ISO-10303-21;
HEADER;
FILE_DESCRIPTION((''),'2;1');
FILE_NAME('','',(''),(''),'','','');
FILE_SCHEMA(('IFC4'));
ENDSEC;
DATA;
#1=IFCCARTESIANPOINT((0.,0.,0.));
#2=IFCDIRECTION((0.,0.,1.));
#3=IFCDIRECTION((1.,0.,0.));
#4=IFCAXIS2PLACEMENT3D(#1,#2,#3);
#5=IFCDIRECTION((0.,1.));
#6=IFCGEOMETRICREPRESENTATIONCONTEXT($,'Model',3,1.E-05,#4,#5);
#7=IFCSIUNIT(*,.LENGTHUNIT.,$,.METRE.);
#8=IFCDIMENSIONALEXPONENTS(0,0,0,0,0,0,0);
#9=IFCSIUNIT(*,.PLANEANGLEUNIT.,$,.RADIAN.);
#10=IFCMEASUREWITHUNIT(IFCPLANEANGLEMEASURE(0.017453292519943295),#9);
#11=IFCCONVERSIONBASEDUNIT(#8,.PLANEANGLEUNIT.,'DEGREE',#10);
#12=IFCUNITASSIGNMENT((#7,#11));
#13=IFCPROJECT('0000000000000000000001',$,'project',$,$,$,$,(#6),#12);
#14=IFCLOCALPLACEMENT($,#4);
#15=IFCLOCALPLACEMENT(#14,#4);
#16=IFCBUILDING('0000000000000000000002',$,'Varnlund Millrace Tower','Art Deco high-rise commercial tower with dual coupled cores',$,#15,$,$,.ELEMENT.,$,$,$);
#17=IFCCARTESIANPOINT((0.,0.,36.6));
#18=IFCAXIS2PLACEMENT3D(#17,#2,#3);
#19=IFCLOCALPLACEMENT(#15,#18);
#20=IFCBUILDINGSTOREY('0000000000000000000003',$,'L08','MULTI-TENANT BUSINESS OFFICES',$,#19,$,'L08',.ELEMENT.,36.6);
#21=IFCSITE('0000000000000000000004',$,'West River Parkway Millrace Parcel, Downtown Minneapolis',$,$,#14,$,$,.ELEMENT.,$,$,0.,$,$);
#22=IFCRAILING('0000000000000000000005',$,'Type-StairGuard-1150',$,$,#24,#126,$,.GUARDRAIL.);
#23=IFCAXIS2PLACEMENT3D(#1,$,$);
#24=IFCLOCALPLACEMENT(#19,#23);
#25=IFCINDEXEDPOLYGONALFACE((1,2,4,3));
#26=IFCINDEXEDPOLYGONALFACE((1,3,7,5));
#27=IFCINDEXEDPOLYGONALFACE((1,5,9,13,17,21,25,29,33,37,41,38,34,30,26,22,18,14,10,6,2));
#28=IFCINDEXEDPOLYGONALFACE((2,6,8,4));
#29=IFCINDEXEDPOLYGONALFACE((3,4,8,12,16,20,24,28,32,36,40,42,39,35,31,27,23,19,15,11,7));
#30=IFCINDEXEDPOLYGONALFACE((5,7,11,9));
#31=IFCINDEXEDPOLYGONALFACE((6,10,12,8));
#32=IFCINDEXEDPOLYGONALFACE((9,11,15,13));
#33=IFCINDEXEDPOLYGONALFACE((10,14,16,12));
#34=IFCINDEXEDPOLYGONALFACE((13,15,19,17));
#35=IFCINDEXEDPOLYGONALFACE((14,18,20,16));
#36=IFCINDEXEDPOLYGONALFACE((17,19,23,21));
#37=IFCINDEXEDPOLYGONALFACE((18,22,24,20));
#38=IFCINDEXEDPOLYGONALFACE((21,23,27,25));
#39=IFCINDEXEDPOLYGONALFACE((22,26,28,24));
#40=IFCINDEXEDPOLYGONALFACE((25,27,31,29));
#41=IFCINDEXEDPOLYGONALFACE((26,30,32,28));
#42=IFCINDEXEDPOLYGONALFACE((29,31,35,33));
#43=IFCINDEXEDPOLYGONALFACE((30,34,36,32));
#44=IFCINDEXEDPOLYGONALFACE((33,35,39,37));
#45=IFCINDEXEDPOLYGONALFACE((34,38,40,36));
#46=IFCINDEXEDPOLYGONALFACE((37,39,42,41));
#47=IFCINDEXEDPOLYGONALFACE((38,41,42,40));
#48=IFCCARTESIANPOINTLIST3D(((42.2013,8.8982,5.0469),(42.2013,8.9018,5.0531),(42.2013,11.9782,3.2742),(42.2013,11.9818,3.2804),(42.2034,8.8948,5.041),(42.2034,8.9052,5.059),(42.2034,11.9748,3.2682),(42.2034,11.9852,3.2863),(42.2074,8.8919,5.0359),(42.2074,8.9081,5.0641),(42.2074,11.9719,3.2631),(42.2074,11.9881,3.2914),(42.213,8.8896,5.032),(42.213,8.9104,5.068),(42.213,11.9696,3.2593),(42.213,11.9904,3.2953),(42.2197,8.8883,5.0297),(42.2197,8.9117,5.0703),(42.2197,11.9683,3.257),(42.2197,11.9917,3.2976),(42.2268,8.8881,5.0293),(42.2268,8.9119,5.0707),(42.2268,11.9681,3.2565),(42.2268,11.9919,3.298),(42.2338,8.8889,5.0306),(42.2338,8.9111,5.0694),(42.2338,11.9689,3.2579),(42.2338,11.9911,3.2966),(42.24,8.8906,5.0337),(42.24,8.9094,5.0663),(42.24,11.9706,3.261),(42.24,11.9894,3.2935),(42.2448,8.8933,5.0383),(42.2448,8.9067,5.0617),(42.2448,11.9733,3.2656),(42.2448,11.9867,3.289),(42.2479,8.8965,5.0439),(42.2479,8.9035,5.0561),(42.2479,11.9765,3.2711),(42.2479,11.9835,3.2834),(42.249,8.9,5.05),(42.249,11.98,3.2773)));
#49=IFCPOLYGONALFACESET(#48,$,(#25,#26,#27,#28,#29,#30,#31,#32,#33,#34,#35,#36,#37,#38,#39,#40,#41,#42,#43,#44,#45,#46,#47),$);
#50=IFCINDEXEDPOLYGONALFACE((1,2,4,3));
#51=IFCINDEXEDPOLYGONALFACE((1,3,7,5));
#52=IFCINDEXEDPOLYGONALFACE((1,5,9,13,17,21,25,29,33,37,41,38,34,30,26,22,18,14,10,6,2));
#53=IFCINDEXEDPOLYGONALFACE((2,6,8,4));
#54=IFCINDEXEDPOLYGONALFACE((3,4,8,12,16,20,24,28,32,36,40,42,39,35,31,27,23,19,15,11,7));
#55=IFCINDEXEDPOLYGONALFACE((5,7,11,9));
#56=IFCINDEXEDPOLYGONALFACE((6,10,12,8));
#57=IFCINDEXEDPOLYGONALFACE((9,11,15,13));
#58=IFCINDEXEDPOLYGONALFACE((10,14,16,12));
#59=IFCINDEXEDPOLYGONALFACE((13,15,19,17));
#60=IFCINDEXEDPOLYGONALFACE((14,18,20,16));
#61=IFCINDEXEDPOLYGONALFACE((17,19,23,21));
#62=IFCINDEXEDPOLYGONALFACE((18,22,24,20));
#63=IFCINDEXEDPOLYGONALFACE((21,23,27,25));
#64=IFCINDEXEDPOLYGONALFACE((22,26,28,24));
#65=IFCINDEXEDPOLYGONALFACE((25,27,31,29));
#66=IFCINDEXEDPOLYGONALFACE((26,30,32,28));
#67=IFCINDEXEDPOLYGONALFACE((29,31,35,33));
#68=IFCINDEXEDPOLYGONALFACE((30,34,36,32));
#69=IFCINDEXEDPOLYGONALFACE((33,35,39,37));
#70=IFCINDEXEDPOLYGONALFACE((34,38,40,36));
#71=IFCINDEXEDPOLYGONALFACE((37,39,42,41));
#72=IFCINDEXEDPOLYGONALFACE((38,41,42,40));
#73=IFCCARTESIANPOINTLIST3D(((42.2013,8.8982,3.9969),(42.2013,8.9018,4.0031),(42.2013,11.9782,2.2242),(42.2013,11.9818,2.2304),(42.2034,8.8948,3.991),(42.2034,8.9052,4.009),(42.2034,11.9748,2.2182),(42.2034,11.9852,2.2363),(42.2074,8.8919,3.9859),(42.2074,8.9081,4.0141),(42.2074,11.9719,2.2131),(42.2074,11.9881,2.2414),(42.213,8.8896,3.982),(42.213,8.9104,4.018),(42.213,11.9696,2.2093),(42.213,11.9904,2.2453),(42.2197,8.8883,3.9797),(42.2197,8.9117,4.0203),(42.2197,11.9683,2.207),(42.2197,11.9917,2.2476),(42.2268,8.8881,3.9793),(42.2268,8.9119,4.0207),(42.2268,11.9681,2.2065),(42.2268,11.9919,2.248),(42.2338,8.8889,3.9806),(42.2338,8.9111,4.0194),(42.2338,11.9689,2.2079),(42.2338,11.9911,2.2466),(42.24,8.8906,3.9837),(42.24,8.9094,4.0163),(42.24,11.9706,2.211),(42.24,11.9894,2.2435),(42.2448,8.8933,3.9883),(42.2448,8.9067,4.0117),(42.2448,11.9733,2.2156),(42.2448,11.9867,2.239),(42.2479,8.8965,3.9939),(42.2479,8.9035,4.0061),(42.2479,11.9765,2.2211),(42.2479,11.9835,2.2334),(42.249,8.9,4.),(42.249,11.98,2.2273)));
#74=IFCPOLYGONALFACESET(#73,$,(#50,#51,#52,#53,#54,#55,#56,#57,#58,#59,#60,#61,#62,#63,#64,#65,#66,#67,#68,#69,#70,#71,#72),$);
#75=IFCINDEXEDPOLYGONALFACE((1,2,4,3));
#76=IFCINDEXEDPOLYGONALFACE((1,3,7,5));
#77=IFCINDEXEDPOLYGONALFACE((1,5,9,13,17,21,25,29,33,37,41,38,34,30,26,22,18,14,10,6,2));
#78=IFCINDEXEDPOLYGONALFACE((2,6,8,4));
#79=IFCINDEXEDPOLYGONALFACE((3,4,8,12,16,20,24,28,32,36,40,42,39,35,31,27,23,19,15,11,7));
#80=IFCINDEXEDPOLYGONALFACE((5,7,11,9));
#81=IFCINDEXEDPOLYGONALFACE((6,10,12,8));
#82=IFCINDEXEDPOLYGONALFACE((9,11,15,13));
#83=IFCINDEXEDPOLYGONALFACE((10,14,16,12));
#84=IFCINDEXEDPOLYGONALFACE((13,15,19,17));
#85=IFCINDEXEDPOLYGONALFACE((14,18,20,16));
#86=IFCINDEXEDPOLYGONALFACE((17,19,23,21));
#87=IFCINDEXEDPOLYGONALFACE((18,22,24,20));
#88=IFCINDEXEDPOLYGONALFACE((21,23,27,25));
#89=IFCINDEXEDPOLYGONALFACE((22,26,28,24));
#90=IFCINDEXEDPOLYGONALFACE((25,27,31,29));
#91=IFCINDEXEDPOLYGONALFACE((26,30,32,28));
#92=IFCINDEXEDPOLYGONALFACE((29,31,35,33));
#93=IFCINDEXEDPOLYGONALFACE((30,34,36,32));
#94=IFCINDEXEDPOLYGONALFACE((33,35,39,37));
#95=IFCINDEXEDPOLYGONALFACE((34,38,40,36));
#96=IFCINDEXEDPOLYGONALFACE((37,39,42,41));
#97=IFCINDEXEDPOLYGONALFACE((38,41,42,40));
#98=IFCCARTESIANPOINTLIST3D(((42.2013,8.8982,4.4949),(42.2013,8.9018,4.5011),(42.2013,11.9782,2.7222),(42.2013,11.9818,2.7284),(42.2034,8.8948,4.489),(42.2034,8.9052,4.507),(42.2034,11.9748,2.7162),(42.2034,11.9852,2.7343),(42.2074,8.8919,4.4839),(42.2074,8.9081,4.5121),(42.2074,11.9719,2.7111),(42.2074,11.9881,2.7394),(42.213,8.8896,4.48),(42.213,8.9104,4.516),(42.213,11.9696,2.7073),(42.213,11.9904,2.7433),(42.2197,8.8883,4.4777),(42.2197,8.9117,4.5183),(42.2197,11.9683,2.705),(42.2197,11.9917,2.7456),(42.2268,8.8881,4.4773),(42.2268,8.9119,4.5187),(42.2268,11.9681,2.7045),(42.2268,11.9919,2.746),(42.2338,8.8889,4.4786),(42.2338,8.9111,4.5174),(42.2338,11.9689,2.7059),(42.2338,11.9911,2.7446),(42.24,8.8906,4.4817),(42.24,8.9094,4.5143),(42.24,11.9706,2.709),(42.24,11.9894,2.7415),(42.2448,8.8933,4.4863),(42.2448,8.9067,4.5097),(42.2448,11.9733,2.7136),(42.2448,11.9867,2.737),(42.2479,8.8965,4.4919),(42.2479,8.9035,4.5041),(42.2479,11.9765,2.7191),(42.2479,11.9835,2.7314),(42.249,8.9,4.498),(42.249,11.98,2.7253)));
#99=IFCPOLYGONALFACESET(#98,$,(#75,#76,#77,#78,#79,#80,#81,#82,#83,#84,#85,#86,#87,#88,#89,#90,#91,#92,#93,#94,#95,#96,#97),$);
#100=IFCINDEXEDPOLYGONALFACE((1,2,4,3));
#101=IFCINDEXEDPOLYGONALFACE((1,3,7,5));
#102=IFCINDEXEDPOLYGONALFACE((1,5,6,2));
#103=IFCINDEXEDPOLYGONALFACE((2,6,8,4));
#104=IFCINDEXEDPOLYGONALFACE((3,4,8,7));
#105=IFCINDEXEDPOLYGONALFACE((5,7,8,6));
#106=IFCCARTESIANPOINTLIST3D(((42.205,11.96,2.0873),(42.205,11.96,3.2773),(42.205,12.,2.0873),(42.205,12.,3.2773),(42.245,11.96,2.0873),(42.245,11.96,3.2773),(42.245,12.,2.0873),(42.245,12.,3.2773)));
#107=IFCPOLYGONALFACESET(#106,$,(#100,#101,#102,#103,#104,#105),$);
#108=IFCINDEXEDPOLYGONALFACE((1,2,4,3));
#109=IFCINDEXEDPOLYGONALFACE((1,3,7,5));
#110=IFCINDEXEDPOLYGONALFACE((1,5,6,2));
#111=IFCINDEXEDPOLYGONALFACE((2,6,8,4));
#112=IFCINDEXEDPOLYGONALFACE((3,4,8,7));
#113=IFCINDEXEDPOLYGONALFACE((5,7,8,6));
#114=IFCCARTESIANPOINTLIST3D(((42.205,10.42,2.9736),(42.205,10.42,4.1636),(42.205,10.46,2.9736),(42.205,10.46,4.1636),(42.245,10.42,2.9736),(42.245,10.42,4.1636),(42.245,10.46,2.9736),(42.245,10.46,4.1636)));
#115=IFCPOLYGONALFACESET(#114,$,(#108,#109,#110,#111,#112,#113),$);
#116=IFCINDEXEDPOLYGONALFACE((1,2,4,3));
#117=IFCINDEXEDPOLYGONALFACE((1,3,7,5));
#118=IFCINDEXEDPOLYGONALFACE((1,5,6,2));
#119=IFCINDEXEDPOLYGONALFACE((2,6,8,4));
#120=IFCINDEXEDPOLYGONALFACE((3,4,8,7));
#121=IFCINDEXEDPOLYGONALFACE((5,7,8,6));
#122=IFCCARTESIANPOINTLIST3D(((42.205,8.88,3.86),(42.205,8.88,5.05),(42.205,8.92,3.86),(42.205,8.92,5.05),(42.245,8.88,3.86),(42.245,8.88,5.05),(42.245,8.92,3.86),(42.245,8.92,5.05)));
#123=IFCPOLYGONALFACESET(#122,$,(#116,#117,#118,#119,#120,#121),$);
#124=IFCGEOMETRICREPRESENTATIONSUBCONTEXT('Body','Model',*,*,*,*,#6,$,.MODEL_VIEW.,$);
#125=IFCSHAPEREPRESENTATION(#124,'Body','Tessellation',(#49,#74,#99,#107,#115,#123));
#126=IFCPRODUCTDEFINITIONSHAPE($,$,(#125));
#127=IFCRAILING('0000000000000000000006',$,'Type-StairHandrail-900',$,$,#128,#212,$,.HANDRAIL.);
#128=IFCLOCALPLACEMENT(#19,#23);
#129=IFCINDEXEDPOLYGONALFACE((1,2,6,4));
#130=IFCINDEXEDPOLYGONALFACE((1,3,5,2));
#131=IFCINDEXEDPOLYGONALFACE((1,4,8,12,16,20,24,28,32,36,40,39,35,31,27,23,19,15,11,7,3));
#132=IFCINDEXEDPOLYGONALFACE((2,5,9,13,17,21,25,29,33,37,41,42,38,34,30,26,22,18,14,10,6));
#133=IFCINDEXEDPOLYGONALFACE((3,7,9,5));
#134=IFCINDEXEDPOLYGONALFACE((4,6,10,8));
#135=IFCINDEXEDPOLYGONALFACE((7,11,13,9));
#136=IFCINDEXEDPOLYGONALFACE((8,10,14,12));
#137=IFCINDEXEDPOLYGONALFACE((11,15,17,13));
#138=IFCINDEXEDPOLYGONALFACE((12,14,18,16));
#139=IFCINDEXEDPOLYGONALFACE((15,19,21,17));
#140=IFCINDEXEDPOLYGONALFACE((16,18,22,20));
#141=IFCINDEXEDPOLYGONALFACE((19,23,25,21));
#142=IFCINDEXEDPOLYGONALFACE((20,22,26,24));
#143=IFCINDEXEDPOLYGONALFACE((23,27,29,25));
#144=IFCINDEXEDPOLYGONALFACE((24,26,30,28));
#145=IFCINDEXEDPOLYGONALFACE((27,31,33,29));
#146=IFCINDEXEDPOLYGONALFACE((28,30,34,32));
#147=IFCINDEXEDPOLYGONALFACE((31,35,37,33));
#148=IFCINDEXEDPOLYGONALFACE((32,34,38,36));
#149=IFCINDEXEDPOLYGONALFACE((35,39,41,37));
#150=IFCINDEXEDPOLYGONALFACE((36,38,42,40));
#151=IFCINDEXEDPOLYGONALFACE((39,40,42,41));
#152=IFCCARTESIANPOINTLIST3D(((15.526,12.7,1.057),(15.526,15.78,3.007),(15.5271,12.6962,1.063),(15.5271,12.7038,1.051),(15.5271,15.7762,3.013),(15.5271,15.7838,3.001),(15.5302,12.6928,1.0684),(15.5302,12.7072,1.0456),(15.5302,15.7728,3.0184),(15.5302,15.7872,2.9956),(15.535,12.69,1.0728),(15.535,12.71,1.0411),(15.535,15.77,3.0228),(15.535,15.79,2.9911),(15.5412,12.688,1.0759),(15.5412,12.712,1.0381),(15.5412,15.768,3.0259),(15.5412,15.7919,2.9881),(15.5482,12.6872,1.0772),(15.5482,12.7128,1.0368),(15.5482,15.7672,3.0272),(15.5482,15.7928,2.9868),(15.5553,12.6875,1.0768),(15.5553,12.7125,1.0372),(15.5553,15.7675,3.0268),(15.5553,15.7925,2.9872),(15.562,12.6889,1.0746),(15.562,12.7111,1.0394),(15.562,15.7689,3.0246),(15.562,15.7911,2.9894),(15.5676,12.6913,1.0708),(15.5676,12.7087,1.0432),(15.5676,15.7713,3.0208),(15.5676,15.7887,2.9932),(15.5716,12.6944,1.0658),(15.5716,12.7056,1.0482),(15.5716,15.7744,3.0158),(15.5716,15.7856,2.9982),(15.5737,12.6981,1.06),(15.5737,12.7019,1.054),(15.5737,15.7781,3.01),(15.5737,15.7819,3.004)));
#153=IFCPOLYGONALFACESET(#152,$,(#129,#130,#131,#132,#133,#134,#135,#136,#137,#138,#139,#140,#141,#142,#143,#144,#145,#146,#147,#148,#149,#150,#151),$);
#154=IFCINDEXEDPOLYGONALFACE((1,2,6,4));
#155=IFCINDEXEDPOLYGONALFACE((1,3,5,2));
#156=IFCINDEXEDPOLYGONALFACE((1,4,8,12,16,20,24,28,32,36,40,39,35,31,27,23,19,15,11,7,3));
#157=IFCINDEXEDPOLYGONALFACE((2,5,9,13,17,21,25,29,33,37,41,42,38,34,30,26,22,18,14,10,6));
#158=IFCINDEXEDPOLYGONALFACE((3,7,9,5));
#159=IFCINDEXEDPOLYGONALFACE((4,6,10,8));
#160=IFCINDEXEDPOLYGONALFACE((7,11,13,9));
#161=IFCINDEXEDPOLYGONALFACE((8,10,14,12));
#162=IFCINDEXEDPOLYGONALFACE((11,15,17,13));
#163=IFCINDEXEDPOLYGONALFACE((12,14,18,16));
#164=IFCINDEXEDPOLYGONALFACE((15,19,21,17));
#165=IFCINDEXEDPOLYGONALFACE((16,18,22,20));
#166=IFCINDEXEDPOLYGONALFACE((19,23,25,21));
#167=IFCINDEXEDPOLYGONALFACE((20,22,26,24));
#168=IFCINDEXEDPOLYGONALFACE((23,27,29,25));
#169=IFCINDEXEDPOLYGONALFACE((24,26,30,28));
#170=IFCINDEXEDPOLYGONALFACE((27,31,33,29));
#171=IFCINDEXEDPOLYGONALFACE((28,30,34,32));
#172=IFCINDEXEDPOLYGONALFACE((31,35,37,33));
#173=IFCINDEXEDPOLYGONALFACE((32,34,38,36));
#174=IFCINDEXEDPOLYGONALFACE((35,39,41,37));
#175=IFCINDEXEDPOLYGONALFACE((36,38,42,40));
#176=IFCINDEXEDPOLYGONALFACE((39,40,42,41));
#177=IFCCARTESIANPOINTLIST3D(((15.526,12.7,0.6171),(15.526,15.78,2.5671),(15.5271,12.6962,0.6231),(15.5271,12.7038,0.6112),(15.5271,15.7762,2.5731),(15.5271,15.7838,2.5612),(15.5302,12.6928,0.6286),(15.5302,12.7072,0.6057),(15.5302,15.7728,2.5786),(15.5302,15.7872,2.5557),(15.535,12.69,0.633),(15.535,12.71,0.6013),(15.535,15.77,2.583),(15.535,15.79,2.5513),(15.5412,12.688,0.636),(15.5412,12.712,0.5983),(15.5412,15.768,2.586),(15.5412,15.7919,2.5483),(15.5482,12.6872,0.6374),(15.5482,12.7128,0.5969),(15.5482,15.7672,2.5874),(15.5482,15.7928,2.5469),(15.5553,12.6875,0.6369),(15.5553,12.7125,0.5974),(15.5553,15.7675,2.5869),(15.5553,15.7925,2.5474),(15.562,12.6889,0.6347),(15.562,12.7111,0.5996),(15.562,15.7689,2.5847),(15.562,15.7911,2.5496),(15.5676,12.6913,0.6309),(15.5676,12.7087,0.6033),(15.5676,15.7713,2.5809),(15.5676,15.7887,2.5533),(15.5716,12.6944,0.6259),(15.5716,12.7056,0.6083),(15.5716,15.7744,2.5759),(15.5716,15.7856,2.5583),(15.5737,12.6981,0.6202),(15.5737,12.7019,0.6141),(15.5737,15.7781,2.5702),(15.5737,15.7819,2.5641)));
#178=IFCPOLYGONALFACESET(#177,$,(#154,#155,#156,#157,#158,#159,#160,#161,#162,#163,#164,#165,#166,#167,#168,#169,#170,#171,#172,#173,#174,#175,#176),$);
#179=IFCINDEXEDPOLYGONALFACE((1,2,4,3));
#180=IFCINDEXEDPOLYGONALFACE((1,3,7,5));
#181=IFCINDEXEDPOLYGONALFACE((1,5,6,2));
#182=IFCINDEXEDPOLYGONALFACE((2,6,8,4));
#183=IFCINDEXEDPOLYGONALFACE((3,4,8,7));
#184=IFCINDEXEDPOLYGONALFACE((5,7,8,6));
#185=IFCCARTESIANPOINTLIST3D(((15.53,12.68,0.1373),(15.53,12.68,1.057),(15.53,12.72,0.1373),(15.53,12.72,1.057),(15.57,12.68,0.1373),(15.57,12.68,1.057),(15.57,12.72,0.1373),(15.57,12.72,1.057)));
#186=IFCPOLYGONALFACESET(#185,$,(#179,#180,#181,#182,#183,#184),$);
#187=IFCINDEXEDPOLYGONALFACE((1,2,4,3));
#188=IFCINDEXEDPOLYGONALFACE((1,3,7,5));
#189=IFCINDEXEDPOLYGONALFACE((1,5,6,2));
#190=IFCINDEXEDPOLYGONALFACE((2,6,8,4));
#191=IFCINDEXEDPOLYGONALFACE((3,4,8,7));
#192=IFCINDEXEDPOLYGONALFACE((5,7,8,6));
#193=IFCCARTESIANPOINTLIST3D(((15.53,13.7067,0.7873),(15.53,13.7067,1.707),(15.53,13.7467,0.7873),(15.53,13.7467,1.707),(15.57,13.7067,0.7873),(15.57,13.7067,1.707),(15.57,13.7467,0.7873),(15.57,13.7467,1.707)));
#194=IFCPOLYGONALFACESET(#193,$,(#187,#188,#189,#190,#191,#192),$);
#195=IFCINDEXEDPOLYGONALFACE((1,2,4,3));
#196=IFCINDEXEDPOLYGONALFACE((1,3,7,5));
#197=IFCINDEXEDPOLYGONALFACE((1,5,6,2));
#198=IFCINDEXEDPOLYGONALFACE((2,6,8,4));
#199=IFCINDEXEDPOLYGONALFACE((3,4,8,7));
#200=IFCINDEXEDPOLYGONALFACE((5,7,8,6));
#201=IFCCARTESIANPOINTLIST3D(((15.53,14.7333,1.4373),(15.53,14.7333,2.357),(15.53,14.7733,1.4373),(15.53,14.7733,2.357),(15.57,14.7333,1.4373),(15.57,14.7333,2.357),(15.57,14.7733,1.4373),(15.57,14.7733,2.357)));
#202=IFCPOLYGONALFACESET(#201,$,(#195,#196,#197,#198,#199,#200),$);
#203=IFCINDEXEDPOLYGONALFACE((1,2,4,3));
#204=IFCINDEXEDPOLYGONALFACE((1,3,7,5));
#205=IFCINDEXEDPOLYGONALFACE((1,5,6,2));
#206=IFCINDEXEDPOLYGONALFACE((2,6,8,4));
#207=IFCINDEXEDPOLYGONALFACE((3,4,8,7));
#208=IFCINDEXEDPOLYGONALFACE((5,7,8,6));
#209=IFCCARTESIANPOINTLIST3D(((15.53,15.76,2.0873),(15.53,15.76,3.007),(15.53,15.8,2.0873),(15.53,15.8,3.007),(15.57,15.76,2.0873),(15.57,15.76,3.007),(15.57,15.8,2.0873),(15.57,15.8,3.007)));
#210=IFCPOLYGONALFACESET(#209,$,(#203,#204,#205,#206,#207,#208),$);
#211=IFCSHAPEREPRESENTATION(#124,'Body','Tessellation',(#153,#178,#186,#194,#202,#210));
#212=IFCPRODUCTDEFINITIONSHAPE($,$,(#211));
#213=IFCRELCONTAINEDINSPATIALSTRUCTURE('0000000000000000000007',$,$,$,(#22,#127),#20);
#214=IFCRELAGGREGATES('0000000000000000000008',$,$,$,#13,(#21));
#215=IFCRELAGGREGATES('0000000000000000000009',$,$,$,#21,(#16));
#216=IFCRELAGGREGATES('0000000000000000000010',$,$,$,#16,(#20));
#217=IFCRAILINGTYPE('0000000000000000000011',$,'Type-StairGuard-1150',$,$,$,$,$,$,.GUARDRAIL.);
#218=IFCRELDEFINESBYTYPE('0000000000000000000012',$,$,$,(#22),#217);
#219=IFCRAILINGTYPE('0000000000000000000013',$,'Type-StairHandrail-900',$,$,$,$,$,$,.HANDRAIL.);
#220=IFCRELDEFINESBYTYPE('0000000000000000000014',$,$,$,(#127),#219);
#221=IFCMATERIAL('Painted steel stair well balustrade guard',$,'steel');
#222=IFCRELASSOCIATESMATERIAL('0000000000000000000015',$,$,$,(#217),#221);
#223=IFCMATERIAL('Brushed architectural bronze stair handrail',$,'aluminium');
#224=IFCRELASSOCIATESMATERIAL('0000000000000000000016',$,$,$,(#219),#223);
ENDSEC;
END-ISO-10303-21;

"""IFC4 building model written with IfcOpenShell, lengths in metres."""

from ifc_helpers import new_model, entity, si_unit, converted_unit, direction, frame, origin_with_axes, origin_2d_with_axis, place, context, subcontext, project, spatial, rectangle, circle, extrude, material, type_object, element, save


model = new_model("IFC4")

# Units and contexts
model_context = context("Model", 3, precision=1e-05, world=origin_with_axes(), true_north=direction((0.0, 1.0)))
body_context = subcontext(model_context, "Body", "Model", "MODEL_VIEW")
ifc_project = project(units=[si_unit("LENGTHUNIT", "METRE"), converted_unit("PLANEANGLEUNIT", "DEGREE", entity("IfcPlaneAngleMeasure", 0.017453292519943295), si_unit("PLANEANGLEUNIT", "RADIAN"), dimensions=[0, 0, 0, 0, 0, 0, 0])], contexts=[model_context])

# Site, building, storey
site_placement = place(None, origin_with_axes())
site = spatial("IfcSite", under=ifc_project, at=site_placement, Name="West River Parkway Millrace Parcel, Downtown Minneapolis", CompositionType="ELEMENT", RefElevation=0.0)
building_placement = place(site_placement, origin_with_axes())
building = spatial("IfcBuilding", under=site, at=building_placement, Name="Varnlund Millrace Tower", Description="Art Deco high-rise commercial tower with dual coupled cores", CompositionType="ELEMENT")
storey_placement = place(building_placement, frame((0.0, 0.0, 36.6), z_axis=(0.0, 0.0, 1.0), x_axis=(1.0, 0.0, 0.0)))
storey = spatial("IfcBuildingStorey", under=building, at=storey_placement, Name="L08", Description="MULTI-TENANT BUSINESS OFFICES", LongName="L08", CompositionType="ELEMENT", Elevation=36.6)

# Railings
ifc_material_1 = material(Name="Painted steel stair well balustrade guard", Category="steel")
railing_type_1 = type_object("IfcRailingType", Name="Type-StairGuard-1150", PredefinedType="GUARDRAIL", material=ifc_material_1)
railing_1_placement = place(storey_placement, frame((0.0, 0.0, -36.6), z_axis=(0.0, 0.0, 1.0), x_axis=(1.0, 0.0, 0.0)))
element("IfcRailing", 1, at=railing_1_placement, inside=storey, type_object=railing_type_1, Name="Type-StairGuard-1150", PredefinedType="GUARDRAIL", context=body_context, shape_type="SweptSolid", body=[
    extrude(circle(Radius=0.024, at=origin_2d_with_axis()), frame((42.225, 11.98, 39.8773), z_axis=(0.0, -0.866696, 0.498836), x_axis=(1.0, 0.0, 0.0)), (0.0, 0.0, 1.0), 3.5537),
    extrude(circle(Radius=0.024, at=origin_2d_with_axis()), frame((42.225, 11.98, 38.8273), z_axis=(0.0, -0.866696, 0.498836), x_axis=(1.0, 0.0, 0.0)), (0.0, 0.0, 1.0), 3.5537),
    extrude(circle(Radius=0.024, at=origin_2d_with_axis()), frame((42.225, 11.98, 39.3253), z_axis=(0.0, -0.866696, 0.498836), x_axis=(1.0, 0.0, 0.0)), (0.0, 0.0, 1.0), 3.5537),
    extrude(rectangle(XDim=0.04, YDim=0.04, at=origin_2d_with_axis()), frame((42.225, 11.98, 38.6873), z_axis=(0.0, 0.0, 1.0), x_axis=(1.0, 0.0, 0.0)), (0.0, 0.0, 1.0), 1.19),
    extrude(rectangle(XDim=0.04, YDim=0.04, at=origin_2d_with_axis()), frame((42.225, 10.44, 39.5736), z_axis=(0.0, 0.0, 1.0), x_axis=(1.0, 0.0, 0.0)), (0.0, 0.0, 1.0), 1.19),
    extrude(rectangle(XDim=0.04, YDim=0.04, at=origin_2d_with_axis()), frame((42.225, 8.9, 40.46), z_axis=(0.0, 0.0, 1.0), x_axis=(1.0, 0.0, 0.0)), (0.0, 0.0, 1.0), 1.19),
])
ifc_material_2 = material(Name="Brushed architectural bronze stair handrail", Category="aluminium")
railing_type_2 = type_object("IfcRailingType", Name="Type-StairHandrail-900", PredefinedType="HANDRAIL", material=ifc_material_2)
railing_2_placement = place(storey_placement, frame((0.0, 0.0, -36.6), z_axis=(0.0, 0.0, 1.0), x_axis=(1.0, 0.0, 0.0)))
element("IfcRailing", 2, at=railing_2_placement, inside=storey, type_object=railing_type_2, Name="Type-StairHandrail-900", PredefinedType="HANDRAIL", context=body_context, shape_type="SweptSolid", body=[
    extrude(circle(Radius=0.024, at=origin_2d_with_axis()), frame((15.55, 12.7, 37.657), z_axis=(0.0, 0.844902, 0.534922), x_axis=(-1.0, 0.0, 0.0)), (0.0, 0.0, 1.0), 3.6454),
    extrude(circle(Radius=0.024, at=origin_2d_with_axis()), frame((15.55, 12.7, 37.2171), z_axis=(0.0, 0.844902, 0.534922), x_axis=(-1.0, 0.0, 0.0)), (0.0, 0.0, 1.0), 3.6454),
    extrude(rectangle(XDim=0.04, YDim=0.04, at=origin_2d_with_axis()), frame((15.55, 12.7, 36.7373), z_axis=(0.0, 0.0, 1.0), x_axis=(1.0, 0.0, 0.0)), (0.0, 0.0, 1.0), 0.9197),
    extrude(rectangle(XDim=0.04, YDim=0.04, at=origin_2d_with_axis()), frame((15.55, 13.7267, 37.3873), z_axis=(0.0, 0.0, 1.0), x_axis=(1.0, 0.0, 0.0)), (0.0, 0.0, 1.0), 0.9197),
    extrude(rectangle(XDim=0.04, YDim=0.04, at=origin_2d_with_axis()), frame((15.55, 14.7533, 38.0373), z_axis=(0.0, 0.0, 1.0), x_axis=(1.0, 0.0, 0.0)), (0.0, 0.0, 1.0), 0.9197),
    extrude(rectangle(XDim=0.04, YDim=0.04, at=origin_2d_with_axis()), frame((15.55, 15.78, 38.6873), z_axis=(0.0, 0.0, 1.0), x_axis=(1.0, 0.0, 0.0)), (0.0, 0.0, 1.0), 0.9197),
])

save(model, "model.ifc")
